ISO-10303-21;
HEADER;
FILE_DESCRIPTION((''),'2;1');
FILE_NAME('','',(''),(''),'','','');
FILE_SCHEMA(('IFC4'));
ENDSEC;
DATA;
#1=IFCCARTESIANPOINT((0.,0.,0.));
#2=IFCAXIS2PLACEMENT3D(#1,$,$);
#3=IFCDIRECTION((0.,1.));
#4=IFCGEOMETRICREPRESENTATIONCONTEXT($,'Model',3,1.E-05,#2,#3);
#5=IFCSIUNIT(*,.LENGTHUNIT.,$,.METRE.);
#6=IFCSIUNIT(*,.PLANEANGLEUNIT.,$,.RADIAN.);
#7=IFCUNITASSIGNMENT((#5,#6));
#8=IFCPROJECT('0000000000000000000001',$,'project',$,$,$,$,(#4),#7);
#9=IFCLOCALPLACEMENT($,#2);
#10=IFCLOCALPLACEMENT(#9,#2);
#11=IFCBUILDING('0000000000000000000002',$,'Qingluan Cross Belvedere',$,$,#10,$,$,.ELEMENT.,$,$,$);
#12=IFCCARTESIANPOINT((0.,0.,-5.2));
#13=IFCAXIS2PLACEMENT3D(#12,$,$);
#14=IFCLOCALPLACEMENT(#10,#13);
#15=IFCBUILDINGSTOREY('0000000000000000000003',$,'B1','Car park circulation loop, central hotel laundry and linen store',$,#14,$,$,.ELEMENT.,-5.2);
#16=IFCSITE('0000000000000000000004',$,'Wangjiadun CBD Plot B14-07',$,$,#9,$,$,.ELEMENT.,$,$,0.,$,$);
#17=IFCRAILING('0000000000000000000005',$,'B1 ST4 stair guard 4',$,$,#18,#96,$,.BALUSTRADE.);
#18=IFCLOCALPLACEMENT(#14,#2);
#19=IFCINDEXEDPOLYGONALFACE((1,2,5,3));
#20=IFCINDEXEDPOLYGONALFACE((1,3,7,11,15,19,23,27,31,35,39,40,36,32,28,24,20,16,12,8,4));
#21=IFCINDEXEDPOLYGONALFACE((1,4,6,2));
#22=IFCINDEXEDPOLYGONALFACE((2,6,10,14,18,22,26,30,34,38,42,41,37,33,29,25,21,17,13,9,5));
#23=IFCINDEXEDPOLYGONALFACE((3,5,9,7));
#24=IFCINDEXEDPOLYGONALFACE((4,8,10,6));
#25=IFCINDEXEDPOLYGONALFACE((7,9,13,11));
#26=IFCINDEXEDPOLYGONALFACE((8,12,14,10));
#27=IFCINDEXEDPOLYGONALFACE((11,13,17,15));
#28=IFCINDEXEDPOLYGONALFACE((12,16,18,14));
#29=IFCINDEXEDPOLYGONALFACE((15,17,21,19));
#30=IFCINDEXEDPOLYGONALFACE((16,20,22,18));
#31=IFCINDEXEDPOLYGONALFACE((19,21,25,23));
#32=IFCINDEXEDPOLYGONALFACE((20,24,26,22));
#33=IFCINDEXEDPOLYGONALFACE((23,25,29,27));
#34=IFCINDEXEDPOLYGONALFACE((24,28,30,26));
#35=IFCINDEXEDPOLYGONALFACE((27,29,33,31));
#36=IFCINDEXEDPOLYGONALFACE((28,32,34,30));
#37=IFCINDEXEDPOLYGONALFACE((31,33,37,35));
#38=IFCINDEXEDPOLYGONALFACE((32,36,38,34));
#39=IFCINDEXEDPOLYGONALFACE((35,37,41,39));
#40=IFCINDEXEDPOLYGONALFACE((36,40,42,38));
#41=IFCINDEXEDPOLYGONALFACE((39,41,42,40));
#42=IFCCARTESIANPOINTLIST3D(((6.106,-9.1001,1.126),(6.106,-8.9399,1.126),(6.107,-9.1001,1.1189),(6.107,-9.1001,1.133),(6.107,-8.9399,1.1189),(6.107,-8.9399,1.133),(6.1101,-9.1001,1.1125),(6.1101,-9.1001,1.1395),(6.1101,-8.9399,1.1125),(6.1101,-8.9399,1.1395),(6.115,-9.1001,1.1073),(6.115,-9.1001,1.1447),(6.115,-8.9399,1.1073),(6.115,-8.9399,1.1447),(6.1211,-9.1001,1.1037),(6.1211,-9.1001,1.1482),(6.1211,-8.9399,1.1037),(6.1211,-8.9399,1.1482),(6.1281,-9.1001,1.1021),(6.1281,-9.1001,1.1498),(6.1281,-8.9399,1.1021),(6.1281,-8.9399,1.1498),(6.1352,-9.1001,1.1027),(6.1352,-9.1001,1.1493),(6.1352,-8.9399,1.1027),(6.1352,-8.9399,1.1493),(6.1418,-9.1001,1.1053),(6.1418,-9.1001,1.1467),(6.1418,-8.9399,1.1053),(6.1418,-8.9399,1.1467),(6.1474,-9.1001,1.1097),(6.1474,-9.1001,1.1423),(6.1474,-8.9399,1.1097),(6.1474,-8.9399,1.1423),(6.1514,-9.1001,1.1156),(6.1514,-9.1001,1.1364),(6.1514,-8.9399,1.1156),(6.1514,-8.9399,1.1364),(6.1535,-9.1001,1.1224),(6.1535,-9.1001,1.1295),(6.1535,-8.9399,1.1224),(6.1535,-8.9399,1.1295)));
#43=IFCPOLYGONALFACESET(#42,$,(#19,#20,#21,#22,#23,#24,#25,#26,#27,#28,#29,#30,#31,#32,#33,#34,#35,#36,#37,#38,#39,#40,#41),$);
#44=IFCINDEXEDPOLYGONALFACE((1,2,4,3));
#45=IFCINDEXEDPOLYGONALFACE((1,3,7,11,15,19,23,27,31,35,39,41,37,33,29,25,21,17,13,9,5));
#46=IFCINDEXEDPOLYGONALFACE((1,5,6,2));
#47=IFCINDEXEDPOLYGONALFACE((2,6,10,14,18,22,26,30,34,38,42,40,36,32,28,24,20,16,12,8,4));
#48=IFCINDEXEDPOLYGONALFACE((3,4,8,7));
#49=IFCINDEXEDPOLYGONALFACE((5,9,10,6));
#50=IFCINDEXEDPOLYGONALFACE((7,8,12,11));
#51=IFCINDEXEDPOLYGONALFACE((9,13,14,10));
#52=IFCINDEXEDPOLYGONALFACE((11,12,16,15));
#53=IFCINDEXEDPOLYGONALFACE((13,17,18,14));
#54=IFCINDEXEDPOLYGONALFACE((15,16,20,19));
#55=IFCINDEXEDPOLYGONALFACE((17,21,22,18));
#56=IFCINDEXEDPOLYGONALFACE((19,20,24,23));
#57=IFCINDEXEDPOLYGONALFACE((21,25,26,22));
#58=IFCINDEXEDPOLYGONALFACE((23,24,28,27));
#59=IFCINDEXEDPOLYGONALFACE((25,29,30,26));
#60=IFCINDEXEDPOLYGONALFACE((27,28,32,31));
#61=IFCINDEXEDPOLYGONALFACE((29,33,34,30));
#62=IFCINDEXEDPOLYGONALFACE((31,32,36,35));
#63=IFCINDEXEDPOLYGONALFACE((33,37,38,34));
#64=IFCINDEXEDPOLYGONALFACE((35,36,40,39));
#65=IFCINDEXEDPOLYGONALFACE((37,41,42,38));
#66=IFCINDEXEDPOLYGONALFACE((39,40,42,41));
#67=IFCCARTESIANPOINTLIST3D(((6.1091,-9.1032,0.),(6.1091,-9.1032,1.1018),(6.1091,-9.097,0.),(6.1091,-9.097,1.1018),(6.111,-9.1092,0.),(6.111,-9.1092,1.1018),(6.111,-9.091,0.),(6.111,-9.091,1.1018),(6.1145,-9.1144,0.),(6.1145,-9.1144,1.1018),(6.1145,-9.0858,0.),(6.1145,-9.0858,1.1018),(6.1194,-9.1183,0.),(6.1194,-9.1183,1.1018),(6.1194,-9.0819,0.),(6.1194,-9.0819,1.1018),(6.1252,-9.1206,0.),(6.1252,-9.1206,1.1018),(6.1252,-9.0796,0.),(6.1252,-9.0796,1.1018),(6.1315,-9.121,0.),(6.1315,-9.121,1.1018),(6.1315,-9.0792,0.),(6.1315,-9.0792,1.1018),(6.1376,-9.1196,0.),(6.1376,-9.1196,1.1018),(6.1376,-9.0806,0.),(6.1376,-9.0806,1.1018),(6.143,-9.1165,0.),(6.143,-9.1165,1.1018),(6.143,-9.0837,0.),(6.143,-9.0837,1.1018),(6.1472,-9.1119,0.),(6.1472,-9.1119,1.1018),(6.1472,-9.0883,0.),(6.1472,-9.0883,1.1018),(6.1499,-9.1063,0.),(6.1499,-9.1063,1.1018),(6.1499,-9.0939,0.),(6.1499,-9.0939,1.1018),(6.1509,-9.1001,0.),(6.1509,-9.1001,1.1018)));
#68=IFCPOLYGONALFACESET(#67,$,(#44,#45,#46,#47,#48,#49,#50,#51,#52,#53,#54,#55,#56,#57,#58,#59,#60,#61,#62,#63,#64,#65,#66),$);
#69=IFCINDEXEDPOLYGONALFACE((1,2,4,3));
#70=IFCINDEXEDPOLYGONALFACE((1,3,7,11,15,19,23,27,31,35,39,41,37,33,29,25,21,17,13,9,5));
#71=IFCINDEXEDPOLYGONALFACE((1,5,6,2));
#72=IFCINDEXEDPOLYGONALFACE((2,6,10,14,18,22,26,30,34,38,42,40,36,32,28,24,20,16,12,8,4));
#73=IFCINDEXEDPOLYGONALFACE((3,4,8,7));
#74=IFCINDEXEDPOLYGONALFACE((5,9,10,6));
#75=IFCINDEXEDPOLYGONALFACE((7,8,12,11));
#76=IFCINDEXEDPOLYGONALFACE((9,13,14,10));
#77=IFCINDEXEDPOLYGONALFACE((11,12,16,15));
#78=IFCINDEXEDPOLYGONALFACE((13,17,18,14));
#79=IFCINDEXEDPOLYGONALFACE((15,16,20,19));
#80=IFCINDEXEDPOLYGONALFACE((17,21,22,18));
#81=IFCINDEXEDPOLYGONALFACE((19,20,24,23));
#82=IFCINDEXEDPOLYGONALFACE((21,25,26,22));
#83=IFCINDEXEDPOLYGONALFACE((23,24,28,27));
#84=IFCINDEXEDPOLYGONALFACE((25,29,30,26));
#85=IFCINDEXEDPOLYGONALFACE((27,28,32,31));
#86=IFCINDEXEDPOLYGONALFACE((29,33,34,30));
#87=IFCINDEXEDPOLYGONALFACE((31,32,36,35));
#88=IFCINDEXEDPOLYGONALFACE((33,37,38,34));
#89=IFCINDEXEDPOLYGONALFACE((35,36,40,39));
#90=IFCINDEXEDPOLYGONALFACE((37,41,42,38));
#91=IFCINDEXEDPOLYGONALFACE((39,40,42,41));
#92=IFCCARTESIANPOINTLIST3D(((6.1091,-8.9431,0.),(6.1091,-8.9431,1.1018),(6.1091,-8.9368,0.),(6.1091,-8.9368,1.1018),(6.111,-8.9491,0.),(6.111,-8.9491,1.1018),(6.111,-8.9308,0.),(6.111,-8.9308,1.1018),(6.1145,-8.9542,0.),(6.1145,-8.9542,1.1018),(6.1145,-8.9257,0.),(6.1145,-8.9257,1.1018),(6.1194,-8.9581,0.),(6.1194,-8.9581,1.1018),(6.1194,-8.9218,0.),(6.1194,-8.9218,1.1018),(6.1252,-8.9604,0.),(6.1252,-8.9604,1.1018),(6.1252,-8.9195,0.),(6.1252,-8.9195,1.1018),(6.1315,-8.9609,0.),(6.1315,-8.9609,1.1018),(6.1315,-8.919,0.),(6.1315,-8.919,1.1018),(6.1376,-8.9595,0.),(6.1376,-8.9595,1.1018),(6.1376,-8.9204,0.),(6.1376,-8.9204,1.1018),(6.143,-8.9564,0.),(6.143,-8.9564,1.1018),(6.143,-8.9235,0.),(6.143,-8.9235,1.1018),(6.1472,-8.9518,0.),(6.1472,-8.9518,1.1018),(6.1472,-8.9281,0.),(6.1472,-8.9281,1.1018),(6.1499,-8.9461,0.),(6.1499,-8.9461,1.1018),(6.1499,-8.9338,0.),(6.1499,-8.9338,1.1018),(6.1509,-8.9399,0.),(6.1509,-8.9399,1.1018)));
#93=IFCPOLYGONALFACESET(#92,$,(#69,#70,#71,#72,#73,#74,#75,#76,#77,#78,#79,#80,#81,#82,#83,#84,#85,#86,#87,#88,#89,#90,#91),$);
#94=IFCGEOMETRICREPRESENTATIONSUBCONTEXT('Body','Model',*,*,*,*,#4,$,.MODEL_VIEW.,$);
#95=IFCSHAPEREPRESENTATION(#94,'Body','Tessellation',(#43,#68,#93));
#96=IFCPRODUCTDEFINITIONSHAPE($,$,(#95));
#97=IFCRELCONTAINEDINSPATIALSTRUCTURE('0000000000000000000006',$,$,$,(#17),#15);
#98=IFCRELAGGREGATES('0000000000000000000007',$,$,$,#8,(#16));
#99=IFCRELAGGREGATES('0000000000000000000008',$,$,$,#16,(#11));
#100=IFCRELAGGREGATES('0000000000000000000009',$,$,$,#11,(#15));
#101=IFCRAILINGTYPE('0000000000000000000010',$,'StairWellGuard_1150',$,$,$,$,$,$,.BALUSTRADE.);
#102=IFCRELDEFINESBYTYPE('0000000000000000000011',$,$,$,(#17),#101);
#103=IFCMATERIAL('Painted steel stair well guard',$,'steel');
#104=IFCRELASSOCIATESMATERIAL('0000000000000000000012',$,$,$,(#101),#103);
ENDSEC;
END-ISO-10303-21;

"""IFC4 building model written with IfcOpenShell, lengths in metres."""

from ifc_helpers import new_model, si_unit, direction, frame, origin, origin_2d, place, context, subcontext, project, spatial, circle, extrude, material, type_object, element, save


model = new_model("IFC4")

# Units and contexts
model_context = context("Model", 3, precision=1e-05, world=origin(), true_north=direction((0.0, 1.0)))
body_context = subcontext(model_context, "Body", "Model", "MODEL_VIEW")
ifc_project = project(units=[si_unit("LENGTHUNIT", "METRE"), si_unit("PLANEANGLEUNIT", "RADIAN")], contexts=[model_context])

# Site, building, storey
site_placement = place(None, origin())
site = spatial("IfcSite", under=ifc_project, at=site_placement, Name="Wangjiadun CBD Plot B14-07", CompositionType="ELEMENT", RefElevation=0.0)
building_placement = place(site_placement, origin())
building = spatial("IfcBuilding", under=site, at=building_placement, Name="Qingluan Cross Belvedere", CompositionType="ELEMENT")
storey_placement = place(building_placement, frame((0.0, 0.0, -5.2)))
storey = spatial("IfcBuildingStorey", under=building, at=storey_placement, Name="B1", Description="Car park circulation loop, central hotel laundry and linen store", CompositionType="ELEMENT", Elevation=-5.2)

# Railing
ifc_material_1 = material(Name="Painted steel stair well guard", Category="steel")
railing_type_1 = type_object("IfcRailingType", Name="StairWellGuard_1150", PredefinedType="BALUSTRADE", material=ifc_material_1)
railing_1_placement = place(storey_placement, frame((6.1299, -9.1001, 0.0)))
element("IfcRailing", 1, at=railing_1_placement, inside=storey, type_object=railing_type_1, Name="B1 ST4 stair guard 4", PredefinedType="BALUSTRADE", context=body_context, shape_type="SweptSolid", body=[
    extrude(circle(Radius=0.0239, at=origin_2d()), frame((0.0, 0.0, 1.126), z_axis=(0.0, 1.0, 0.0), x_axis=(-1.0, 0.0, 0.0)), (0.0, 0.0, 1.0), 0.1602),
    extrude(circle(Radius=0.021, at=origin_2d()), origin(), (0.0, 0.0, 1.0), 1.1018),
    extrude(circle(Radius=0.021, at=origin_2d()), frame((0.0, 0.1602, 0.0)), (0.0, 0.0, 1.0), 1.1018),
])

save(model, "model.ifc")
